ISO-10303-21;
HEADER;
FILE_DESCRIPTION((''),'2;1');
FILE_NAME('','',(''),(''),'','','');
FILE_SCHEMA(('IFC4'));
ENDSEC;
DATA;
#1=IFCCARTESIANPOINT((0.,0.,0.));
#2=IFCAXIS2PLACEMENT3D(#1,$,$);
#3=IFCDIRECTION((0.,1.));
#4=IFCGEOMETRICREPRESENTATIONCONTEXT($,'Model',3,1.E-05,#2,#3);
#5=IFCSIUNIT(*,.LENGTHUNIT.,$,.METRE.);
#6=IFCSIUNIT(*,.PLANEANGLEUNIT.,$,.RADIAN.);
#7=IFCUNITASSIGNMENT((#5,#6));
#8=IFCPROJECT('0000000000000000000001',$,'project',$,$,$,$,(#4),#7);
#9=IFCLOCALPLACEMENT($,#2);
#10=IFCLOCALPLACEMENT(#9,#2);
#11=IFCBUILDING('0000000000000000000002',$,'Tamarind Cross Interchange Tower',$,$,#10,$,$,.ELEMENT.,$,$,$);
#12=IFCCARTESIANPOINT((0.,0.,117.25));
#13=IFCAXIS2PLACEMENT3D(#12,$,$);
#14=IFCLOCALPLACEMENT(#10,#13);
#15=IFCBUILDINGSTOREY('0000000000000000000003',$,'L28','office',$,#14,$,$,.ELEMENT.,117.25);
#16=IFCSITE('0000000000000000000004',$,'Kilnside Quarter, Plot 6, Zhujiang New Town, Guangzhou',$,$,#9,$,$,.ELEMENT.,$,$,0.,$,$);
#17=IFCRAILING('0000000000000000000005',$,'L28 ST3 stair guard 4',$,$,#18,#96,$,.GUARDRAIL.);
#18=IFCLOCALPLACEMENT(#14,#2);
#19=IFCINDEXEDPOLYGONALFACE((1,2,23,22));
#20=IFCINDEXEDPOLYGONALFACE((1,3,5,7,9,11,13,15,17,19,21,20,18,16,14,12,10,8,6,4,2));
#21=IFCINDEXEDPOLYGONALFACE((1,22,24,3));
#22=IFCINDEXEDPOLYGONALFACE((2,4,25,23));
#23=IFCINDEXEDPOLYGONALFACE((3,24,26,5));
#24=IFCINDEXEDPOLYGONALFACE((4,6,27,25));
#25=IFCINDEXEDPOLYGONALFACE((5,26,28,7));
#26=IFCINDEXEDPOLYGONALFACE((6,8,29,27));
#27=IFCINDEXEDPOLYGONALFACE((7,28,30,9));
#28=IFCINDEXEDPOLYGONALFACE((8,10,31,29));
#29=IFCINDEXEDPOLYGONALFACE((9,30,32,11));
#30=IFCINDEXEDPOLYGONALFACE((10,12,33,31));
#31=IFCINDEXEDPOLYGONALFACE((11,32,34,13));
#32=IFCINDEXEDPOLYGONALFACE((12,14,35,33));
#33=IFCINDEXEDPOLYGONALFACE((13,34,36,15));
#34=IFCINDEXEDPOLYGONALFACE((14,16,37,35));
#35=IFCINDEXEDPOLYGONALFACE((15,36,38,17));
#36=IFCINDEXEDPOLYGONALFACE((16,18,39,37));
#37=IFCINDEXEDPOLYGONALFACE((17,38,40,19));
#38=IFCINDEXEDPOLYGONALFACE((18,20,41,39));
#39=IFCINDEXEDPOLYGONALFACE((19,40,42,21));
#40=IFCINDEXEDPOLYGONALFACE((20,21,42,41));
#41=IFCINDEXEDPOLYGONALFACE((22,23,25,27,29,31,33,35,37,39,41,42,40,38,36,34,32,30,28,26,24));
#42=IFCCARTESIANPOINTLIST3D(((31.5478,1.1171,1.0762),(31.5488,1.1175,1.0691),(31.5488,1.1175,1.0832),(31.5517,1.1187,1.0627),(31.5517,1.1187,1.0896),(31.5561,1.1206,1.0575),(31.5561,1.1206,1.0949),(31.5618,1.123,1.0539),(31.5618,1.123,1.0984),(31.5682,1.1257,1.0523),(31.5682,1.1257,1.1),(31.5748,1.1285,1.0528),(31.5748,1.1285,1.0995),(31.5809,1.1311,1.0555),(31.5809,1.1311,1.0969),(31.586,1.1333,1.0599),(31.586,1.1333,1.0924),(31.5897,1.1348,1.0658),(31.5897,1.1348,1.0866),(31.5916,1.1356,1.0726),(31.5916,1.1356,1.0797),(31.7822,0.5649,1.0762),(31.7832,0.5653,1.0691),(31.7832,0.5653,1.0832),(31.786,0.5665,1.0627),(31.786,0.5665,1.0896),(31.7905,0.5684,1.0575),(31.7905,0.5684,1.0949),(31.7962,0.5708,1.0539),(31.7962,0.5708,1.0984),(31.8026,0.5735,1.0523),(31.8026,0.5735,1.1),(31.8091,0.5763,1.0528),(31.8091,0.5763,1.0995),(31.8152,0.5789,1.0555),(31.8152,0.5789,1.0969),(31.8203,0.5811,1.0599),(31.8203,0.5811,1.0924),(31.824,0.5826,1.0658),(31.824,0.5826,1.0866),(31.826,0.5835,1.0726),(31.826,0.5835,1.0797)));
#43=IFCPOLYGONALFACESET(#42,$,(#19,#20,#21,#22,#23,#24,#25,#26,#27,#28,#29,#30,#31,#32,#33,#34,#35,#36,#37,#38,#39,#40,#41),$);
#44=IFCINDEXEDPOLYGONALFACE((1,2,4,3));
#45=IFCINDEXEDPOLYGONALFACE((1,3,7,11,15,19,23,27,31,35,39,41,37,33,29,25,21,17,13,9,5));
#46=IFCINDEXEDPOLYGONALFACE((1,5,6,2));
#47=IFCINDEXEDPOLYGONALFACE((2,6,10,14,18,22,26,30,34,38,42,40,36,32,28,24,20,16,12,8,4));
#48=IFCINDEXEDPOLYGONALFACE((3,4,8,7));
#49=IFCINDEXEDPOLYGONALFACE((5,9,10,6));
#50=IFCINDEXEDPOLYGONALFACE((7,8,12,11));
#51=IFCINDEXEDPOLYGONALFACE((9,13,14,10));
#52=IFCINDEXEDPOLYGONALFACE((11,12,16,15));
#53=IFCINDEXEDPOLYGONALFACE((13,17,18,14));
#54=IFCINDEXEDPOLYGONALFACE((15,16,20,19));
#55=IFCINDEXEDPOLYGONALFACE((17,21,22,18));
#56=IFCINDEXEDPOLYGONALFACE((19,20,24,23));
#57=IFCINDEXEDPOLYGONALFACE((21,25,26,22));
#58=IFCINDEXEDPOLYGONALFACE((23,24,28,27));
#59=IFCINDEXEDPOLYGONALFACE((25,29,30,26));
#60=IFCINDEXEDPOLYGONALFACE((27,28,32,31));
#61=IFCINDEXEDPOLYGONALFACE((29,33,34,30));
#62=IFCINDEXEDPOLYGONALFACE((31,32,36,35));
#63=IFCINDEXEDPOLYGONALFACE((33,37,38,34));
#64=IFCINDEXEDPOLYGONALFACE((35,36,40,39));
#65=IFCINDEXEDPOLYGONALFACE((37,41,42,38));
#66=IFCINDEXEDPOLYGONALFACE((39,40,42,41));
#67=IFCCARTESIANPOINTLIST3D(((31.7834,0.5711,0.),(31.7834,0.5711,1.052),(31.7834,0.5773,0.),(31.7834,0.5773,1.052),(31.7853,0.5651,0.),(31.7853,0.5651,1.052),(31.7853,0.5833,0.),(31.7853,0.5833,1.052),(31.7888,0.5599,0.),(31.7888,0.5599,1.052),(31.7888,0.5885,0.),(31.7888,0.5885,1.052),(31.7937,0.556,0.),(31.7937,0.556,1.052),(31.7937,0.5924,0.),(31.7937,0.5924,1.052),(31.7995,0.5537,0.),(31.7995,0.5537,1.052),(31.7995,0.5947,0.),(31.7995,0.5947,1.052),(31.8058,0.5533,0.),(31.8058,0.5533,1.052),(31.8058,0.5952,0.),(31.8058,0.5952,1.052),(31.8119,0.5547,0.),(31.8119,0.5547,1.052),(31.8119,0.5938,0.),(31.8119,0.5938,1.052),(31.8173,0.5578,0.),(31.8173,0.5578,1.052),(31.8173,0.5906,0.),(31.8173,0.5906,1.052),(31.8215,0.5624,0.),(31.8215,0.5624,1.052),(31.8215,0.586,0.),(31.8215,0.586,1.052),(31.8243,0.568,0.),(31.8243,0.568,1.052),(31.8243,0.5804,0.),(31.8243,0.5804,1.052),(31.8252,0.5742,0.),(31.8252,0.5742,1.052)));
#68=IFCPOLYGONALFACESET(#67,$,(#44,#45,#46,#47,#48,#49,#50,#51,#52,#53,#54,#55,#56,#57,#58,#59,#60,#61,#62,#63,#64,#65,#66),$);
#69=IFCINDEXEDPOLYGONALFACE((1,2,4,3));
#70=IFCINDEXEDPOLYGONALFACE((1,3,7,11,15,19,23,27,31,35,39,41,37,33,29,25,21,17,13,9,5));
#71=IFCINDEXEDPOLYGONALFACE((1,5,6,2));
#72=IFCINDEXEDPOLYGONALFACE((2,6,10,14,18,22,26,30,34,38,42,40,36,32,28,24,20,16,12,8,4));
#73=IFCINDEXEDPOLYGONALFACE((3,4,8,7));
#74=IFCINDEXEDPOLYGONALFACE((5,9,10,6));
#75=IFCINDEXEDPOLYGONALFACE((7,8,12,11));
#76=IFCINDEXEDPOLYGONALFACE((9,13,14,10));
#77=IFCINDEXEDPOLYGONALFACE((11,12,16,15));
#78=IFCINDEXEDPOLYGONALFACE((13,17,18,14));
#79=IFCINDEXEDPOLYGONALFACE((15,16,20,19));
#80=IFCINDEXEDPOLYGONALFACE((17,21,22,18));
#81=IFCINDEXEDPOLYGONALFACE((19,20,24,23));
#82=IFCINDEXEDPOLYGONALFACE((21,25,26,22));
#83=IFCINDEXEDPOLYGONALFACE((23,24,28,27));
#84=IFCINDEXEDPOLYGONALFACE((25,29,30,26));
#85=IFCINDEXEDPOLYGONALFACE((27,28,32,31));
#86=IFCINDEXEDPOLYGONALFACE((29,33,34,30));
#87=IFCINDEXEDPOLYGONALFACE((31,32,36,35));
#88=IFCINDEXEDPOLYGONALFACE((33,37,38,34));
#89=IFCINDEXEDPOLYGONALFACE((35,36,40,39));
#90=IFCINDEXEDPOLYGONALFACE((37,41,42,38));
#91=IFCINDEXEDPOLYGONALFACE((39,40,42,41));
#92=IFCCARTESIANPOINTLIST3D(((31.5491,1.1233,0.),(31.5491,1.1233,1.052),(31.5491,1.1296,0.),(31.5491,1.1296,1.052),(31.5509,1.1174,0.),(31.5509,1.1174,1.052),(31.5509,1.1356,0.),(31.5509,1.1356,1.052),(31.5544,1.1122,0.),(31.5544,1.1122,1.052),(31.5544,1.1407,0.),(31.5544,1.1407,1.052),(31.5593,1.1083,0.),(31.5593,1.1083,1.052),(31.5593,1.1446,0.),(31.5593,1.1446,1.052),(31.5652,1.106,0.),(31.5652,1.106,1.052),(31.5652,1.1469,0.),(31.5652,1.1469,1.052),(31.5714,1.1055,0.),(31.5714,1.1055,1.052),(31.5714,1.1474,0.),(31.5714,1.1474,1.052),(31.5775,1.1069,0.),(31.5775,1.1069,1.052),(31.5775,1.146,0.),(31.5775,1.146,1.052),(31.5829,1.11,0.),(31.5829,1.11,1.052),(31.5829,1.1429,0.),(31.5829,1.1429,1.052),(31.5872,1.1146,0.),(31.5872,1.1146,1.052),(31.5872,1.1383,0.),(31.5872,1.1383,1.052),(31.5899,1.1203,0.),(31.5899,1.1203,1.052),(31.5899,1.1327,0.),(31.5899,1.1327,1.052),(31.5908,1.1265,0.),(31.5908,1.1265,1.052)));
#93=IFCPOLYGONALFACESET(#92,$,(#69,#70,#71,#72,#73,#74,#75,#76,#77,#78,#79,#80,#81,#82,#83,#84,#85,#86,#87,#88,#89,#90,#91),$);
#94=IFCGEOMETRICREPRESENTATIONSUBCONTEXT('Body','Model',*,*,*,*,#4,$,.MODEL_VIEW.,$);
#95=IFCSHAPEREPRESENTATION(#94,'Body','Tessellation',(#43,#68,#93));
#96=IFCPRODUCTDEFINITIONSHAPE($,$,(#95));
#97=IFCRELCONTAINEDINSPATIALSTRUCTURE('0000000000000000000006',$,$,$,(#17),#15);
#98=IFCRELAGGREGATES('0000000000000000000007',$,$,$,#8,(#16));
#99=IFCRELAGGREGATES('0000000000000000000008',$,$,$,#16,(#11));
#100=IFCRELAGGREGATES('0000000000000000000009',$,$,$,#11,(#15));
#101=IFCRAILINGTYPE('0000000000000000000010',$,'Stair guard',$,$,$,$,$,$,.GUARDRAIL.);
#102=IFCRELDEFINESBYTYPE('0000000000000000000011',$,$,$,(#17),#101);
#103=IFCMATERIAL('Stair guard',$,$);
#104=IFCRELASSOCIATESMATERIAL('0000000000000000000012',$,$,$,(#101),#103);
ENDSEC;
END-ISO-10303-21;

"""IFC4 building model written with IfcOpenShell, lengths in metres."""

from ifc_helpers import new_model, si_unit, direction, frame, origin, origin_2d, place, context, subcontext, project, spatial, circle, extrude, material, type_object, element, save


model = new_model("IFC4")

# Units and contexts
model_context = context("Model", 3, precision=1e-05, world=origin(), true_north=direction((0.0, 1.0)))
body_context = subcontext(model_context, "Body", "Model", "MODEL_VIEW")
ifc_project = project(units=[si_unit("LENGTHUNIT", "METRE"), si_unit("PLANEANGLEUNIT", "RADIAN")], contexts=[model_context])

# Site, building, storey
site_placement = place(None, origin())
site = spatial("IfcSite", under=ifc_project, at=site_placement, Name="Kilnside Quarter, Plot 6, Zhujiang New Town, Guangzhou", CompositionType="ELEMENT", RefElevation=0.0)
building_placement = place(site_placement, origin())
building = spatial("IfcBuilding", under=site, at=building_placement, Name="Tamarind Cross Interchange Tower", CompositionType="ELEMENT")
storey_placement = place(building_placement, frame((0.0, 0.0, 117.25)))
storey = spatial("IfcBuildingStorey", under=building, at=storey_placement, Name="L28", Description="office", CompositionType="ELEMENT", Elevation=117.25)

# Railing
ifc_material_1 = material(Name="Stair guard")
railing_type_1 = type_object("IfcRailingType", Name="Stair guard", PredefinedType="GUARDRAIL", material=ifc_material_1)
railing_1_placement = place(storey_placement, frame((31.8042, 0.5742, 0.0)))
element("IfcRailing", 1, at=railing_1_placement, inside=storey, type_object=railing_type_1, Name="L28 ST3 stair guard 4", PredefinedType="GUARDRAIL", context=body_context, shape_type="SweptSolid", body=[
    extrude(circle(Radius=0.0239, at=origin_2d()), frame((0.0, 0.0, 1.0762), z_axis=(-0.390675, 0.920529, 0.0), x_axis=(-0.920529, -0.390675, 0.0)), (0.0, 0.0, 1.0), 0.5999),
    extrude(circle(Radius=0.021, at=origin_2d()), origin(), (0.0, 0.0, 1.0), 1.052),
    extrude(circle(Radius=0.021, at=origin_2d()), frame((-0.2344, 0.5522, 0.0)), (0.0, 0.0, 1.0), 1.052),
])

save(model, "model.ifc")
